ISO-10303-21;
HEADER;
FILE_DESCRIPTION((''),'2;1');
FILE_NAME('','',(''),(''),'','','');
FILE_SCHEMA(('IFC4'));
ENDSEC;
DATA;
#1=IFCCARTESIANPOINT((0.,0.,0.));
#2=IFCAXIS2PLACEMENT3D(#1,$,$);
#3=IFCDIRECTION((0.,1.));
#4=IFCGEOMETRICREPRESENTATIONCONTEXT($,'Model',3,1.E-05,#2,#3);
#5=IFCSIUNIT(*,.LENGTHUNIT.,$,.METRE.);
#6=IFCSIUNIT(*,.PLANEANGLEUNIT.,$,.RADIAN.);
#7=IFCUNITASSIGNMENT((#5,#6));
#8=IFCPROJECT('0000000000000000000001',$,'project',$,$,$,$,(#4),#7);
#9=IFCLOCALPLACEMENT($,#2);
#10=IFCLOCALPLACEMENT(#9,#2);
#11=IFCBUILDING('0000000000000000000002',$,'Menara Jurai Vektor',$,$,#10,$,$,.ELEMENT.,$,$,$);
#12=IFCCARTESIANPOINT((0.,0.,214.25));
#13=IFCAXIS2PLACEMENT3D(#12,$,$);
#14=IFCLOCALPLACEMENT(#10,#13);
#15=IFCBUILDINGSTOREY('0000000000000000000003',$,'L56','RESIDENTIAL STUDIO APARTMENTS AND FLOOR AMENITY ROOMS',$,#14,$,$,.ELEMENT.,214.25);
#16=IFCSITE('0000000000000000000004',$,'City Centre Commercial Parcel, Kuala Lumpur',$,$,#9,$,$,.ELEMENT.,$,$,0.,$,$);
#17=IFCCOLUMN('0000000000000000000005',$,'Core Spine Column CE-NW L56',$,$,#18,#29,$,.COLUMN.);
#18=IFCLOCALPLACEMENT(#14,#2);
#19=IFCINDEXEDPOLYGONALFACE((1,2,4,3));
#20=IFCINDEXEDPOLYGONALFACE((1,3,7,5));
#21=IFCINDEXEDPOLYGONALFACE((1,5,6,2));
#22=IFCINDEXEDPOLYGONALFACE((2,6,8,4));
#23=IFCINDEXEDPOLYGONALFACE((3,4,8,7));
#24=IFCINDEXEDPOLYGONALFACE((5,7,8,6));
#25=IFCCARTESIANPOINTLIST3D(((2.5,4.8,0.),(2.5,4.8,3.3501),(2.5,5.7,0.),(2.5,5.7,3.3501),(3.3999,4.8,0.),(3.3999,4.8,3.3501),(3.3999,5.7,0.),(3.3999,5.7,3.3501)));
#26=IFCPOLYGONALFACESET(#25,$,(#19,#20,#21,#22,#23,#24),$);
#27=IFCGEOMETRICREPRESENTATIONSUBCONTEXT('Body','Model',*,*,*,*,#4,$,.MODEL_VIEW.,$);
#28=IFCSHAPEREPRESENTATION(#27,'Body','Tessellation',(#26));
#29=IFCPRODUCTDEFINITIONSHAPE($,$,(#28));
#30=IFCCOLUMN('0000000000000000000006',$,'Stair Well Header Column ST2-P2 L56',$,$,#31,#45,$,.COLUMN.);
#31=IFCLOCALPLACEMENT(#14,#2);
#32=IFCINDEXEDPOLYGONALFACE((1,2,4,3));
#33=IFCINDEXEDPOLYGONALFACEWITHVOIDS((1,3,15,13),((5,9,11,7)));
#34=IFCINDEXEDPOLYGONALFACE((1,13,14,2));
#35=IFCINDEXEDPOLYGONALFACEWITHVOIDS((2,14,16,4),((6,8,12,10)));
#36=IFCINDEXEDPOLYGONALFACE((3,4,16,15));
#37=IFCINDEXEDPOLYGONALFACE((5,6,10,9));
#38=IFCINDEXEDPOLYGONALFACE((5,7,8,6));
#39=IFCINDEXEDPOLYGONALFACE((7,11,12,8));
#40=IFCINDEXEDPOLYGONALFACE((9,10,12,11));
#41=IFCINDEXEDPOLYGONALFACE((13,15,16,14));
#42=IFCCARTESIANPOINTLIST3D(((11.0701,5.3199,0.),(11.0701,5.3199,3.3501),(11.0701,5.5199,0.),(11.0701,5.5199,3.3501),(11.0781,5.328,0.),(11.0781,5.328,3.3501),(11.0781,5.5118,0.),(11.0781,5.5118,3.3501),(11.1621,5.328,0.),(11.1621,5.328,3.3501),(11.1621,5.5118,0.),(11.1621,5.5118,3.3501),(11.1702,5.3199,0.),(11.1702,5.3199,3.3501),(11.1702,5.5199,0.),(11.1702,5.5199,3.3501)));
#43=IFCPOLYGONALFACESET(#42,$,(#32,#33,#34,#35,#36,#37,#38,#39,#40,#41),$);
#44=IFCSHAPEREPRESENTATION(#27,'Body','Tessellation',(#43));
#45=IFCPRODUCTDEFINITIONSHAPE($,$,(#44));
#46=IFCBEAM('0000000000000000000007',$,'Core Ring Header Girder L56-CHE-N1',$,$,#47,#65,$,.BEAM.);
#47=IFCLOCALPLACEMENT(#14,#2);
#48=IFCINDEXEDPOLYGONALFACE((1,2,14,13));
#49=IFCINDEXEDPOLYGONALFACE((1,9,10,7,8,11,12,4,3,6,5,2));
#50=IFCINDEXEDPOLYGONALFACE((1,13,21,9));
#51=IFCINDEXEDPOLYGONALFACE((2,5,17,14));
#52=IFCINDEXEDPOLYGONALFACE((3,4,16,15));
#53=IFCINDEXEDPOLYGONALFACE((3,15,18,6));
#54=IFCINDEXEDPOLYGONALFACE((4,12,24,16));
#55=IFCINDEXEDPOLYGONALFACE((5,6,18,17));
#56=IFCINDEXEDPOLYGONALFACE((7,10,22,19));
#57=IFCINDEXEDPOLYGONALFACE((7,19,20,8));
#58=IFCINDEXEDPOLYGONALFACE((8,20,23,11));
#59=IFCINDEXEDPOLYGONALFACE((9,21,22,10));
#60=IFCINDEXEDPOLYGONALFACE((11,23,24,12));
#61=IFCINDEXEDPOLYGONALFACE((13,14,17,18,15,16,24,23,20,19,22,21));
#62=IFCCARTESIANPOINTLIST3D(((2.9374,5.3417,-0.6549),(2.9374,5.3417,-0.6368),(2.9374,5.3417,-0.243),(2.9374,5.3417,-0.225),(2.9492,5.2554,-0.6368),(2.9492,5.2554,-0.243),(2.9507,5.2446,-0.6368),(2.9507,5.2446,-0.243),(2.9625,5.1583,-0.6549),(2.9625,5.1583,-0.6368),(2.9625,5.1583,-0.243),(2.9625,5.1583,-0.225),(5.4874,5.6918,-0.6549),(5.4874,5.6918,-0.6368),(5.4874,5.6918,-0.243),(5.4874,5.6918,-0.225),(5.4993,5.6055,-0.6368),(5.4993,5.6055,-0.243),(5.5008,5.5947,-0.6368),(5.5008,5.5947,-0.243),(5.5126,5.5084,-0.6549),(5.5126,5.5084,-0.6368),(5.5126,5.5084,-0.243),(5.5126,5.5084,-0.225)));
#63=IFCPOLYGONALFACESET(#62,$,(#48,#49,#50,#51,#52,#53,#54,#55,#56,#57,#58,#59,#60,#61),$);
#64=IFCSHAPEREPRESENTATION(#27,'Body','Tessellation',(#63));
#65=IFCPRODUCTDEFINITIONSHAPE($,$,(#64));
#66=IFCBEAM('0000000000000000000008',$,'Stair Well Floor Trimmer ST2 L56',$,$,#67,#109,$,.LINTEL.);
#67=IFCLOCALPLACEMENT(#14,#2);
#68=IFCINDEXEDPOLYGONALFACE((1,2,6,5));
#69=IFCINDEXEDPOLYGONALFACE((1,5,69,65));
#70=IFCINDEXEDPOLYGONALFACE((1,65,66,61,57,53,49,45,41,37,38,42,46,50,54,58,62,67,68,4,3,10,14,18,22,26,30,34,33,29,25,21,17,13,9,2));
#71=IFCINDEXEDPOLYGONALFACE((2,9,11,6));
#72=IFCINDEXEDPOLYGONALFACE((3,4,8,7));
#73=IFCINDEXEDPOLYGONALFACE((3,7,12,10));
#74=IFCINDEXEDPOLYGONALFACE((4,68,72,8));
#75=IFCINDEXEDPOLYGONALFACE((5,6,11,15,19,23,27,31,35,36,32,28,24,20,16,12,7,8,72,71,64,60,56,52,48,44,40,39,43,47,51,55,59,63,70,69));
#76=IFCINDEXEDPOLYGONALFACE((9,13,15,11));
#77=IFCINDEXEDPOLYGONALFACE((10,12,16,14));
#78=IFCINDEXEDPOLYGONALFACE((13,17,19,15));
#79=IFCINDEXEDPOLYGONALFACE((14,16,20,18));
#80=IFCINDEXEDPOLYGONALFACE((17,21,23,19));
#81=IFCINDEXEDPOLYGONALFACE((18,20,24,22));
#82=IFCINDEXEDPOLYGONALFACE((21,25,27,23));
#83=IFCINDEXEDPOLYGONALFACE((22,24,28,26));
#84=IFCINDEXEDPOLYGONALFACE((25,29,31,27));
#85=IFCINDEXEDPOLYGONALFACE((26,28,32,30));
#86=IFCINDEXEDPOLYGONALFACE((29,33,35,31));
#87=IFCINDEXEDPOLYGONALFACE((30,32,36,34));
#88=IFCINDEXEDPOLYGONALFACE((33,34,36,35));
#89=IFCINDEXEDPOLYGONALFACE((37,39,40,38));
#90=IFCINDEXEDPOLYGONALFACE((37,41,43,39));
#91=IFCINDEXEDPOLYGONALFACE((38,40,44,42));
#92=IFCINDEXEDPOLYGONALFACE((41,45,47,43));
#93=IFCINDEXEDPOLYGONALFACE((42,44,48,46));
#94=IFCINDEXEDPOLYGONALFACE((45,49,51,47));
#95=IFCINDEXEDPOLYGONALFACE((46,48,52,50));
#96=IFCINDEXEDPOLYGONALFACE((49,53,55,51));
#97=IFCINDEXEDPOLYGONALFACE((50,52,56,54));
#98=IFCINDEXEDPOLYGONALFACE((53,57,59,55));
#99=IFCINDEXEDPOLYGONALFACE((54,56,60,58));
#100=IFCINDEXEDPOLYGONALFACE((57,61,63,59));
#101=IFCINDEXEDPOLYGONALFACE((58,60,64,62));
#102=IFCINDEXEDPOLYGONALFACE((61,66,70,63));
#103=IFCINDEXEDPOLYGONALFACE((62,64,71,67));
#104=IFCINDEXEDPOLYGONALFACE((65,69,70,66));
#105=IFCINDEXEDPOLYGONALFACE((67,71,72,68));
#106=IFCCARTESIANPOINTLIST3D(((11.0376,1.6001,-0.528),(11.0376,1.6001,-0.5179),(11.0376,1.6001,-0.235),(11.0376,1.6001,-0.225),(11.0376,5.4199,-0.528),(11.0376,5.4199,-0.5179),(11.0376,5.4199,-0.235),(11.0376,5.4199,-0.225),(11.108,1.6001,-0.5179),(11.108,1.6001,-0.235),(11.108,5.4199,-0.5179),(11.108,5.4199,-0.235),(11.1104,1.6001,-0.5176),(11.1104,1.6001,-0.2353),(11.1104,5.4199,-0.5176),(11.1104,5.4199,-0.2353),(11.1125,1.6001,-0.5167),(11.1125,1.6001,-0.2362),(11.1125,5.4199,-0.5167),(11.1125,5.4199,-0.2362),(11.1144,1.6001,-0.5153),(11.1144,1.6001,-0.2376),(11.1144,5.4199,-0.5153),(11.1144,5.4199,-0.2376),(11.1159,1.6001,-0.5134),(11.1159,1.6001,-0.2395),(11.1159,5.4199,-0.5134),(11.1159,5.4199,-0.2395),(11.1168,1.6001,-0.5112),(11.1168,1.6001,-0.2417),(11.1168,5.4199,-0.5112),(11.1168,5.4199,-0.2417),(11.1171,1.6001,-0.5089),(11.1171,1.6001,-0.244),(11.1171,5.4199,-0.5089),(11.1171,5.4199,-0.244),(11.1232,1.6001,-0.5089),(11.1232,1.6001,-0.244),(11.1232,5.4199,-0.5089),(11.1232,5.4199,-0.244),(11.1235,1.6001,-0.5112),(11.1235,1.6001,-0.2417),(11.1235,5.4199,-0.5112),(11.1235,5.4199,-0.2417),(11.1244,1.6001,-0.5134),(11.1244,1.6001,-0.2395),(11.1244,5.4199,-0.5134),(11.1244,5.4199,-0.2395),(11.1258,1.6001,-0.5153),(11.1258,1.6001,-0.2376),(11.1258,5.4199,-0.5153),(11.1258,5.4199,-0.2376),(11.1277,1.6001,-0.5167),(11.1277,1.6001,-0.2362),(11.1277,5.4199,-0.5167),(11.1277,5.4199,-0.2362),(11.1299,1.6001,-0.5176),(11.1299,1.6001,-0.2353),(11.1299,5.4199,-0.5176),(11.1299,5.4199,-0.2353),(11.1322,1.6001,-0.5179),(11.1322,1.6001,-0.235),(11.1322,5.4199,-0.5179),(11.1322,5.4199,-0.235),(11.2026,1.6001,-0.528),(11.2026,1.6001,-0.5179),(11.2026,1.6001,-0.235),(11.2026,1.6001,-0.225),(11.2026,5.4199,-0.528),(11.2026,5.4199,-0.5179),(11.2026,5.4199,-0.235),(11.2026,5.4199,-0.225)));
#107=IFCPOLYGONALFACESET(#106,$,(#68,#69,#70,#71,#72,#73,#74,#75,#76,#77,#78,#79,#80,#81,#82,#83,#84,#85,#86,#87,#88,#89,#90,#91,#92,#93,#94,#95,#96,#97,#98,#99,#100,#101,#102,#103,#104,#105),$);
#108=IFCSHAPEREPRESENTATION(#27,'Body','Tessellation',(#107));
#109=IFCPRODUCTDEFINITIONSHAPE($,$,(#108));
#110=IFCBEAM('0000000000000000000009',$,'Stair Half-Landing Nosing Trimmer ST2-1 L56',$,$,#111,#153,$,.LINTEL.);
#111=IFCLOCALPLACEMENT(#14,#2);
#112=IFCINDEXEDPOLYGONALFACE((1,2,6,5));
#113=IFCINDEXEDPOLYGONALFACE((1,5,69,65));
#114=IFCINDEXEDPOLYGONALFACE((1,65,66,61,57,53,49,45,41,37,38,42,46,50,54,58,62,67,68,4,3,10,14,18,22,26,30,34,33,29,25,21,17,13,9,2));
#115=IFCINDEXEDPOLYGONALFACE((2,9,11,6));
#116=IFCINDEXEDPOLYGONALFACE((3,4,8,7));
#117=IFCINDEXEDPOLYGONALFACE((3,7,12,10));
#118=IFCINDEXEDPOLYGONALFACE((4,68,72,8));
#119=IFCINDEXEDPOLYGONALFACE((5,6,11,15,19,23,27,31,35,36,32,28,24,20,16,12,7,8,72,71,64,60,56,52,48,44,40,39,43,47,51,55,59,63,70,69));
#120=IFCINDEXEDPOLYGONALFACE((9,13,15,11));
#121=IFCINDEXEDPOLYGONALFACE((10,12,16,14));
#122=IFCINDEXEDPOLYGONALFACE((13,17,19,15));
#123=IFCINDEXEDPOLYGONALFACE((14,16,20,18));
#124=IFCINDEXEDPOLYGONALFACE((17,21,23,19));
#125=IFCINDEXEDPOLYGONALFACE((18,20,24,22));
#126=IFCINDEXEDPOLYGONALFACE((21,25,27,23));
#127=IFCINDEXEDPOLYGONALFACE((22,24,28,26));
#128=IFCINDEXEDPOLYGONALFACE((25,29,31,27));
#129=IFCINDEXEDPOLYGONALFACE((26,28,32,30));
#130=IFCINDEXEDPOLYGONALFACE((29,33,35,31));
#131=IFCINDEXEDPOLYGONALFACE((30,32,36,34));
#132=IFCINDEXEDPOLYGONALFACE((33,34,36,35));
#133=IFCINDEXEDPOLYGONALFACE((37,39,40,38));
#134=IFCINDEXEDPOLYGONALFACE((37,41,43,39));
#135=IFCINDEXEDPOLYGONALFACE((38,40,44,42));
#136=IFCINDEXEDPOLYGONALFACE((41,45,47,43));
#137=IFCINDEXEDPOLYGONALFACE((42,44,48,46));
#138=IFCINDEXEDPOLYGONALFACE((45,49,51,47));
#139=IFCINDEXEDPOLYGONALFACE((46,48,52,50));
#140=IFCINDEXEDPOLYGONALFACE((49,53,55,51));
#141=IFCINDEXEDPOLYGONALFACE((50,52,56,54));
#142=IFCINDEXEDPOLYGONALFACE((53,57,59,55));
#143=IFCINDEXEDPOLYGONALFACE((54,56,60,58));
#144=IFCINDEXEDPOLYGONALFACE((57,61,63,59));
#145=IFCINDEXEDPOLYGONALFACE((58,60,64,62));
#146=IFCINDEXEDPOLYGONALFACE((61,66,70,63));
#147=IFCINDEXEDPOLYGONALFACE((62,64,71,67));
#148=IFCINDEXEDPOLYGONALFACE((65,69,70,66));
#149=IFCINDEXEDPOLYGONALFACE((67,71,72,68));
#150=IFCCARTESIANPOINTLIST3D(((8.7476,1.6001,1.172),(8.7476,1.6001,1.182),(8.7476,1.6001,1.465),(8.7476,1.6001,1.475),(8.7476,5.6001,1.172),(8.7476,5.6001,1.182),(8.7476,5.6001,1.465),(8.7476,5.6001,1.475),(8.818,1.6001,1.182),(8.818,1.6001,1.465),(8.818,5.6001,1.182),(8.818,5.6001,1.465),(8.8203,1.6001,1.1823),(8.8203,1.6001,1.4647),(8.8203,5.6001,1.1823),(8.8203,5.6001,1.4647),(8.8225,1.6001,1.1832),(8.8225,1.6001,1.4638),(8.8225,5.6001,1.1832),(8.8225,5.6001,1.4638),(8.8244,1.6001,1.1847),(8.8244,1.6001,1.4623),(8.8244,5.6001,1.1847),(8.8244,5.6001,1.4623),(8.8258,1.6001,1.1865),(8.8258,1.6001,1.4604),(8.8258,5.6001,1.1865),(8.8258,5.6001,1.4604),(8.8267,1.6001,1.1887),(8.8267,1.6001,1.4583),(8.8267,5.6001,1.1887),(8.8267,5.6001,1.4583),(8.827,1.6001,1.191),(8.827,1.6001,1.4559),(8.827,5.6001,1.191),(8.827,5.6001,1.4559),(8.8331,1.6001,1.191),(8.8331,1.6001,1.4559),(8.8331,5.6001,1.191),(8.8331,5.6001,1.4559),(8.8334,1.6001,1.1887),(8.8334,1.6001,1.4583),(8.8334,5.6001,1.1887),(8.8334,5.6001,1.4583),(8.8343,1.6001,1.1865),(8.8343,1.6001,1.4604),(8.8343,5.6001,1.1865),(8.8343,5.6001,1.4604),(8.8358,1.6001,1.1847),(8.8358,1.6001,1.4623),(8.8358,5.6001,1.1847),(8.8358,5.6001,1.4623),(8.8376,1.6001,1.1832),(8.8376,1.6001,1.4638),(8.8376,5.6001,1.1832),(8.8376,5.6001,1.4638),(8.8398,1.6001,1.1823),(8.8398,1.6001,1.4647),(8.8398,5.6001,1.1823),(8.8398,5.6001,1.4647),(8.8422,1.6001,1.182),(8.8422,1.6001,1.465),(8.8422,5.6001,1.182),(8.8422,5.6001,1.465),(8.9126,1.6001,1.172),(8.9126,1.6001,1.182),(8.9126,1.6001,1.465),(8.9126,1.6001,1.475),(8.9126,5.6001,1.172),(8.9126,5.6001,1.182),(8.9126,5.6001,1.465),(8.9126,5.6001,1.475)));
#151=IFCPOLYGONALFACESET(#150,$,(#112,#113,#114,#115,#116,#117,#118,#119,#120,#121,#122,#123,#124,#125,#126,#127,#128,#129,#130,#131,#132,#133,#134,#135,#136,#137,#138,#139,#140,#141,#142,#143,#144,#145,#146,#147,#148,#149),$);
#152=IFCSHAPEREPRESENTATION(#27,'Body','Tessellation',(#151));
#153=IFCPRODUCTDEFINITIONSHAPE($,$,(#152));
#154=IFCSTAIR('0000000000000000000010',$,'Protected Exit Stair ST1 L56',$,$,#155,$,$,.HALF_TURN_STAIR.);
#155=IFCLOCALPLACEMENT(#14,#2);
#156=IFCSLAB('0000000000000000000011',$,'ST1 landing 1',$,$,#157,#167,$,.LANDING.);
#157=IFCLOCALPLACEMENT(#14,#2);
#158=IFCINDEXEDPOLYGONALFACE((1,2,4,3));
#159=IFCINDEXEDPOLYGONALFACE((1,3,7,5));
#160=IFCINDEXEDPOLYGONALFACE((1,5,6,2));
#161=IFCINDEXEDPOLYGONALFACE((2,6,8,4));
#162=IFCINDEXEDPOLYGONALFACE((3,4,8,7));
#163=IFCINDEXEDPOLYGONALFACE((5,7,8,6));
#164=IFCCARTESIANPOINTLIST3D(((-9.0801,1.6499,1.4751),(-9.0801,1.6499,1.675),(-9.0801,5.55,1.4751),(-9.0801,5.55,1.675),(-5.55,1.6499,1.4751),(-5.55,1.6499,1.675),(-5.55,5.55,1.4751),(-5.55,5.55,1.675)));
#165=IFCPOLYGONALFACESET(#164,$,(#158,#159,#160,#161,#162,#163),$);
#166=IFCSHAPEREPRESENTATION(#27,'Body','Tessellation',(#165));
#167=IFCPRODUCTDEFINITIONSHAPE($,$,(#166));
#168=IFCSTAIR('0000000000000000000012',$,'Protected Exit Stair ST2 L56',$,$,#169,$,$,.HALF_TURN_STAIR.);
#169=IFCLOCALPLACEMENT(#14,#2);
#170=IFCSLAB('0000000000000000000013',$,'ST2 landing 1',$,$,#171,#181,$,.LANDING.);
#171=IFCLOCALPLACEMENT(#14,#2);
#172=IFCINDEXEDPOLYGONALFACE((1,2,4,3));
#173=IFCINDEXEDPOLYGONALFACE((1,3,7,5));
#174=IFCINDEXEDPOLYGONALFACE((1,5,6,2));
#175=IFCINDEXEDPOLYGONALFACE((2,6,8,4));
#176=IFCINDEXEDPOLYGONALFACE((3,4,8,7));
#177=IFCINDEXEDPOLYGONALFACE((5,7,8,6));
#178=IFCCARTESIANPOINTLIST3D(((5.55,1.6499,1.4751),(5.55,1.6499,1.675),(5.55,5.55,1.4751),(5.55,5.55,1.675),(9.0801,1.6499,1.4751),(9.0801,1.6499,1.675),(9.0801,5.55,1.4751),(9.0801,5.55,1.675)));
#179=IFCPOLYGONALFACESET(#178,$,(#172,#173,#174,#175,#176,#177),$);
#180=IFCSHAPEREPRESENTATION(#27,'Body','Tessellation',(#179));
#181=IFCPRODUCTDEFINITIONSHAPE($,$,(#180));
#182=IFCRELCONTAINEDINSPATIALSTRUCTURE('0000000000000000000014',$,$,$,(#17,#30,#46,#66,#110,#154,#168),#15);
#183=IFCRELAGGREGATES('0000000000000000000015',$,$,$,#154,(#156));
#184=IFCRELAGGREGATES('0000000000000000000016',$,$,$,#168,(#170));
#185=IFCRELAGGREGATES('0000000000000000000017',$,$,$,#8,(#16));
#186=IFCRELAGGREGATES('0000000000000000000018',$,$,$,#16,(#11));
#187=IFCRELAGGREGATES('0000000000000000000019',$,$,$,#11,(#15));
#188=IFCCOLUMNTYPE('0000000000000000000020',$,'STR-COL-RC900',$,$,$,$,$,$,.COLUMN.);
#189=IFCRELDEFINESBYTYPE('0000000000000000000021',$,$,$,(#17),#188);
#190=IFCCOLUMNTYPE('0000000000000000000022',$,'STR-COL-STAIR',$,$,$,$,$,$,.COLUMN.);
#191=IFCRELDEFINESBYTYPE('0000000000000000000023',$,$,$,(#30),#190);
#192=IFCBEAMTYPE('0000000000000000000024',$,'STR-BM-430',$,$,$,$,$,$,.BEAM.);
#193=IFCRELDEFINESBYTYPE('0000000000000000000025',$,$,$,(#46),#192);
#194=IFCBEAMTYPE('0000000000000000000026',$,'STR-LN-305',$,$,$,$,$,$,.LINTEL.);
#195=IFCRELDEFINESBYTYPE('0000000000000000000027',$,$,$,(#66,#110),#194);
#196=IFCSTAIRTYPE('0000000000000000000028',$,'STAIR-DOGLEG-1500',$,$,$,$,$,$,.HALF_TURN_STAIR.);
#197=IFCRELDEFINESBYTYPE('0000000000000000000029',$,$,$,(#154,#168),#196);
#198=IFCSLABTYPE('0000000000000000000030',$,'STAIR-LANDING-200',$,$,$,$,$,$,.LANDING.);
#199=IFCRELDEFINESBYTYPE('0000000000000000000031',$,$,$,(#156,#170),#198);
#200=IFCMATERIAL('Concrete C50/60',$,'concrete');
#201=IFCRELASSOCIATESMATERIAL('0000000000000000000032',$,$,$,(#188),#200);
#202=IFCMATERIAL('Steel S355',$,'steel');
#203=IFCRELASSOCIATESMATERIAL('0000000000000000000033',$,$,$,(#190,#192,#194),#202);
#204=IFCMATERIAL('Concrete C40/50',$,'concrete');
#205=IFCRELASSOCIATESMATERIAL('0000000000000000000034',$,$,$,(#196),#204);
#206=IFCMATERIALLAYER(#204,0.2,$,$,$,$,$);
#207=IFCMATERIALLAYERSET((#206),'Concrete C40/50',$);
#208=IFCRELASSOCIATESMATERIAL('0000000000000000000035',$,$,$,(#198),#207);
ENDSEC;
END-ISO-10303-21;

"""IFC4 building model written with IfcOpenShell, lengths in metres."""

from ifc_helpers import new_model, si_unit, direction, frame, origin, origin_2d, place, context, subcontext, project, spatial, polyline, rectangle, hollow_rectangle, i_section, outline, extrude, material, layer, layer_set, material_profile, profile_set, type_object, element, aggregate, save


model = new_model("IFC4")

# Units and contexts
model_context = context("Model", 3, precision=1e-05, world=origin(), true_north=direction((0.0, 1.0)))
body_context = subcontext(model_context, "Body", "Model", "MODEL_VIEW")
ifc_project = project(units=[si_unit("LENGTHUNIT", "METRE"), si_unit("PLANEANGLEUNIT", "RADIAN")], contexts=[model_context])

# Site, building, storey
site_placement = place(None, origin())
site = spatial("IfcSite", under=ifc_project, at=site_placement, Name="City Centre Commercial Parcel, Kuala Lumpur", CompositionType="ELEMENT", RefElevation=0.0)
building_placement = place(site_placement, origin())
building = spatial("IfcBuilding", under=site, at=building_placement, Name="Menara Jurai Vektor", CompositionType="ELEMENT")
storey_placement = place(building_placement, frame((0.0, 0.0, 214.25)))
storey = spatial("IfcBuildingStorey", under=building, at=storey_placement, Name="L56", Description="RESIDENTIAL STUDIO APARTMENTS AND FLOOR AMENITY ROOMS", CompositionType="ELEMENT", Elevation=214.25)

# Columns
ifc_material_1 = material(Name="Concrete C50/60", Category="concrete")
ifc_material_profile_1 = material_profile(ifc_material_1, rectangle(XDim=0.8999, YDim=0.8999, at=origin_2d()), Name="RC 900x900")
ifc_profile_set_1 = profile_set([ifc_material_profile_1], Name="Concrete C50/60")
column_type_1 = type_object("IfcColumnType", Name="STR-COL-RC900", PredefinedType="COLUMN", material=ifc_profile_set_1)
column_1_placement = place(storey_placement, frame((2.95, 5.25, 0.0), z_axis=(0.0, 0.0, 1.0), x_axis=(1.0, 0.0, 0.0)))
element("IfcColumn", 1, at=column_1_placement, inside=storey, type_object=column_type_1, Name="Core Spine Column CE-NW L56", PredefinedType="COLUMN", context=body_context, shape_type="SweptSolid", body=[
    extrude(rectangle(XDim=0.8999, YDim=0.8999, at=origin_2d()), origin(), (0.0, 0.0, 1.0), 3.3501),
])
ifc_material_2 = material(Name="Steel S355", Category="steel")
ifc_material_profile_2 = material_profile(ifc_material_2, hollow_rectangle(XDim=0.1001, YDim=0.2, WallThickness=0.0081, at=origin_2d()), Name="RHS 200x100x8")
ifc_profile_set_2 = profile_set([ifc_material_profile_2], Name="Steel S355")
column_type_2 = type_object("IfcColumnType", Name="STR-COL-STAIR", PredefinedType="COLUMN", material=ifc_profile_set_2)
column_2_placement = place(storey_placement, frame((11.1201, 5.4199, 0.0), z_axis=(0.0, 0.0, 1.0), x_axis=(1.0, 0.0, 0.0)))
element("IfcColumn", 2, at=column_2_placement, inside=storey, type_object=column_type_2, Name="Stair Well Header Column ST2-P2 L56", PredefinedType="COLUMN", context=body_context, shape_type="SweptSolid", body=[
    extrude(hollow_rectangle(XDim=0.1001, YDim=0.2, WallThickness=0.0081, at=origin_2d()), origin(), (0.0, 0.0, 1.0), 3.3501),
])

# Beams
ifc_material_profile_3 = material_profile(ifc_material_2, i_section(OverallWidth=0.1851, OverallDepth=0.4299, WebThickness=0.011, FlangeThickness=0.0181, at=origin_2d()), Name="PG 430x185x76")
ifc_profile_set_3 = profile_set([ifc_material_profile_3], Name="Steel S355")
beam_type_1 = type_object("IfcBeamType", Name="STR-BM-430", PredefinedType="BEAM", material=ifc_profile_set_3)
beam_1_placement = place(storey_placement, frame((2.95, 5.25, -0.4399), z_axis=(0.990707, 0.136015, 0.0), x_axis=(-0.136015, 0.990707, 0.0)))
element("IfcBeam", 3, at=beam_1_placement, inside=storey, type_object=beam_type_1, Name="Core Ring Header Girder L56-CHE-N1", PredefinedType="BEAM", context=body_context, shape_type="SweptSolid", body=[
    extrude(i_section(OverallWidth=0.1851, OverallDepth=0.4299, WebThickness=0.011, FlangeThickness=0.0181, at=origin_2d()), origin(), (0.0, 0.0, 1.0), 2.574),
])
ifc_material_profile_4 = material_profile(ifc_material_2, i_section(OverallWidth=0.165, OverallDepth=0.303, WebThickness=0.0061, FlangeThickness=0.01, FilletRadius=0.009, at=origin_2d()), Name="UKB 305x165x40")
ifc_profile_set_4 = profile_set([ifc_material_profile_4], Name="Steel S355")
beam_type_2 = type_object("IfcBeamType", Name="STR-LN-305", PredefinedType="LINTEL", material=ifc_profile_set_4)
beam_2_placement = place(storey_placement, frame((11.1201, 1.6001, -0.3765), z_axis=(0.0, 1.0, 0.0), x_axis=(-1.0, 0.0, 0.0)))
element("IfcBeam", 4, at=beam_2_placement, inside=storey, type_object=beam_type_2, Name="Stair Well Floor Trimmer ST2 L56", PredefinedType="LINTEL", context=body_context, shape_type="SweptSolid", body=[
    extrude(i_section(OverallWidth=0.165, OverallDepth=0.303, WebThickness=0.0061, FlangeThickness=0.01, FilletRadius=0.009, at=origin_2d()), origin(), (0.0, 0.0, 1.0), 3.8198),
])
beam_3_placement = place(storey_placement, frame((8.8301, 1.6001, 1.3235), z_axis=(0.0, 1.0, 0.0), x_axis=(-1.0, 0.0, 0.0)))
element("IfcBeam", 5, at=beam_3_placement, inside=storey, type_object=beam_type_2, Name="Stair Half-Landing Nosing Trimmer ST2-1 L56", PredefinedType="LINTEL", context=body_context, shape_type="SweptSolid", body=[
    extrude(i_section(OverallWidth=0.165, OverallDepth=0.303, WebThickness=0.0061, FlangeThickness=0.01, FilletRadius=0.009, at=origin_2d()), origin(), (0.0, 0.0, 1.0), 4.0),
])

# Stairs, slabs
ifc_material_3 = material(Name="Concrete C40/50", Category="concrete")
stair_type = type_object("IfcStairType", Name="STAIR-DOGLEG-1500", PredefinedType="HALF_TURN_STAIR", material=ifc_material_3)
stair_1_placement = place(storey_placement, origin())
stair_1 = element("IfcStair", 6, at=stair_1_placement, inside=storey, type_object=stair_type, Name="Protected Exit Stair ST1 L56", PredefinedType="HALF_TURN_STAIR")
ifc_layer_1 = layer(ifc_material_3, 0.2)
ifc_layer_set_1 = layer_set([ifc_layer_1], Name="Concrete C40/50")
slab_type_1 = type_object("IfcSlabType", Name="STAIR-LANDING-200", PredefinedType="LANDING", material=ifc_layer_set_1)
slab_1_placement = place(storey_placement, frame((0.0, 0.0, 1.4751)))
slab_1 = element("IfcSlab", 7, at=slab_1_placement, type_object=slab_type_1, Name="ST1 landing 1", PredefinedType="LANDING", context=body_context, shape_type="SweptSolid", body=[
    extrude(outline(polyline([(-9.0801, 1.6499), (-5.55, 1.6499), (-5.55, 5.55), (-9.0801, 5.55), (-9.0801, 1.6499)])), origin(), (0.0, 0.0, 1.0), 0.2),
])
aggregate(stair_1, [slab_1])
stair_2_placement = place(storey_placement, origin())
stair_2 = element("IfcStair", 8, at=stair_2_placement, inside=storey, type_object=stair_type, Name="Protected Exit Stair ST2 L56", PredefinedType="HALF_TURN_STAIR")
slab_2_placement = place(storey_placement, frame((0.0, 0.0, 1.4751)))
slab_2 = element("IfcSlab", 9, at=slab_2_placement, type_object=slab_type_1, Name="ST2 landing 1", PredefinedType="LANDING", context=body_context, shape_type="SweptSolid", body=[
    extrude(outline(polyline([(5.55, 1.6499), (9.0801, 1.6499), (9.0801, 5.55), (5.55, 5.55), (5.55, 1.6499)])), origin(), (0.0, 0.0, 1.0), 0.2),
])

aggregate(stair_2, [slab_2])

save(model, "model.ifc")
